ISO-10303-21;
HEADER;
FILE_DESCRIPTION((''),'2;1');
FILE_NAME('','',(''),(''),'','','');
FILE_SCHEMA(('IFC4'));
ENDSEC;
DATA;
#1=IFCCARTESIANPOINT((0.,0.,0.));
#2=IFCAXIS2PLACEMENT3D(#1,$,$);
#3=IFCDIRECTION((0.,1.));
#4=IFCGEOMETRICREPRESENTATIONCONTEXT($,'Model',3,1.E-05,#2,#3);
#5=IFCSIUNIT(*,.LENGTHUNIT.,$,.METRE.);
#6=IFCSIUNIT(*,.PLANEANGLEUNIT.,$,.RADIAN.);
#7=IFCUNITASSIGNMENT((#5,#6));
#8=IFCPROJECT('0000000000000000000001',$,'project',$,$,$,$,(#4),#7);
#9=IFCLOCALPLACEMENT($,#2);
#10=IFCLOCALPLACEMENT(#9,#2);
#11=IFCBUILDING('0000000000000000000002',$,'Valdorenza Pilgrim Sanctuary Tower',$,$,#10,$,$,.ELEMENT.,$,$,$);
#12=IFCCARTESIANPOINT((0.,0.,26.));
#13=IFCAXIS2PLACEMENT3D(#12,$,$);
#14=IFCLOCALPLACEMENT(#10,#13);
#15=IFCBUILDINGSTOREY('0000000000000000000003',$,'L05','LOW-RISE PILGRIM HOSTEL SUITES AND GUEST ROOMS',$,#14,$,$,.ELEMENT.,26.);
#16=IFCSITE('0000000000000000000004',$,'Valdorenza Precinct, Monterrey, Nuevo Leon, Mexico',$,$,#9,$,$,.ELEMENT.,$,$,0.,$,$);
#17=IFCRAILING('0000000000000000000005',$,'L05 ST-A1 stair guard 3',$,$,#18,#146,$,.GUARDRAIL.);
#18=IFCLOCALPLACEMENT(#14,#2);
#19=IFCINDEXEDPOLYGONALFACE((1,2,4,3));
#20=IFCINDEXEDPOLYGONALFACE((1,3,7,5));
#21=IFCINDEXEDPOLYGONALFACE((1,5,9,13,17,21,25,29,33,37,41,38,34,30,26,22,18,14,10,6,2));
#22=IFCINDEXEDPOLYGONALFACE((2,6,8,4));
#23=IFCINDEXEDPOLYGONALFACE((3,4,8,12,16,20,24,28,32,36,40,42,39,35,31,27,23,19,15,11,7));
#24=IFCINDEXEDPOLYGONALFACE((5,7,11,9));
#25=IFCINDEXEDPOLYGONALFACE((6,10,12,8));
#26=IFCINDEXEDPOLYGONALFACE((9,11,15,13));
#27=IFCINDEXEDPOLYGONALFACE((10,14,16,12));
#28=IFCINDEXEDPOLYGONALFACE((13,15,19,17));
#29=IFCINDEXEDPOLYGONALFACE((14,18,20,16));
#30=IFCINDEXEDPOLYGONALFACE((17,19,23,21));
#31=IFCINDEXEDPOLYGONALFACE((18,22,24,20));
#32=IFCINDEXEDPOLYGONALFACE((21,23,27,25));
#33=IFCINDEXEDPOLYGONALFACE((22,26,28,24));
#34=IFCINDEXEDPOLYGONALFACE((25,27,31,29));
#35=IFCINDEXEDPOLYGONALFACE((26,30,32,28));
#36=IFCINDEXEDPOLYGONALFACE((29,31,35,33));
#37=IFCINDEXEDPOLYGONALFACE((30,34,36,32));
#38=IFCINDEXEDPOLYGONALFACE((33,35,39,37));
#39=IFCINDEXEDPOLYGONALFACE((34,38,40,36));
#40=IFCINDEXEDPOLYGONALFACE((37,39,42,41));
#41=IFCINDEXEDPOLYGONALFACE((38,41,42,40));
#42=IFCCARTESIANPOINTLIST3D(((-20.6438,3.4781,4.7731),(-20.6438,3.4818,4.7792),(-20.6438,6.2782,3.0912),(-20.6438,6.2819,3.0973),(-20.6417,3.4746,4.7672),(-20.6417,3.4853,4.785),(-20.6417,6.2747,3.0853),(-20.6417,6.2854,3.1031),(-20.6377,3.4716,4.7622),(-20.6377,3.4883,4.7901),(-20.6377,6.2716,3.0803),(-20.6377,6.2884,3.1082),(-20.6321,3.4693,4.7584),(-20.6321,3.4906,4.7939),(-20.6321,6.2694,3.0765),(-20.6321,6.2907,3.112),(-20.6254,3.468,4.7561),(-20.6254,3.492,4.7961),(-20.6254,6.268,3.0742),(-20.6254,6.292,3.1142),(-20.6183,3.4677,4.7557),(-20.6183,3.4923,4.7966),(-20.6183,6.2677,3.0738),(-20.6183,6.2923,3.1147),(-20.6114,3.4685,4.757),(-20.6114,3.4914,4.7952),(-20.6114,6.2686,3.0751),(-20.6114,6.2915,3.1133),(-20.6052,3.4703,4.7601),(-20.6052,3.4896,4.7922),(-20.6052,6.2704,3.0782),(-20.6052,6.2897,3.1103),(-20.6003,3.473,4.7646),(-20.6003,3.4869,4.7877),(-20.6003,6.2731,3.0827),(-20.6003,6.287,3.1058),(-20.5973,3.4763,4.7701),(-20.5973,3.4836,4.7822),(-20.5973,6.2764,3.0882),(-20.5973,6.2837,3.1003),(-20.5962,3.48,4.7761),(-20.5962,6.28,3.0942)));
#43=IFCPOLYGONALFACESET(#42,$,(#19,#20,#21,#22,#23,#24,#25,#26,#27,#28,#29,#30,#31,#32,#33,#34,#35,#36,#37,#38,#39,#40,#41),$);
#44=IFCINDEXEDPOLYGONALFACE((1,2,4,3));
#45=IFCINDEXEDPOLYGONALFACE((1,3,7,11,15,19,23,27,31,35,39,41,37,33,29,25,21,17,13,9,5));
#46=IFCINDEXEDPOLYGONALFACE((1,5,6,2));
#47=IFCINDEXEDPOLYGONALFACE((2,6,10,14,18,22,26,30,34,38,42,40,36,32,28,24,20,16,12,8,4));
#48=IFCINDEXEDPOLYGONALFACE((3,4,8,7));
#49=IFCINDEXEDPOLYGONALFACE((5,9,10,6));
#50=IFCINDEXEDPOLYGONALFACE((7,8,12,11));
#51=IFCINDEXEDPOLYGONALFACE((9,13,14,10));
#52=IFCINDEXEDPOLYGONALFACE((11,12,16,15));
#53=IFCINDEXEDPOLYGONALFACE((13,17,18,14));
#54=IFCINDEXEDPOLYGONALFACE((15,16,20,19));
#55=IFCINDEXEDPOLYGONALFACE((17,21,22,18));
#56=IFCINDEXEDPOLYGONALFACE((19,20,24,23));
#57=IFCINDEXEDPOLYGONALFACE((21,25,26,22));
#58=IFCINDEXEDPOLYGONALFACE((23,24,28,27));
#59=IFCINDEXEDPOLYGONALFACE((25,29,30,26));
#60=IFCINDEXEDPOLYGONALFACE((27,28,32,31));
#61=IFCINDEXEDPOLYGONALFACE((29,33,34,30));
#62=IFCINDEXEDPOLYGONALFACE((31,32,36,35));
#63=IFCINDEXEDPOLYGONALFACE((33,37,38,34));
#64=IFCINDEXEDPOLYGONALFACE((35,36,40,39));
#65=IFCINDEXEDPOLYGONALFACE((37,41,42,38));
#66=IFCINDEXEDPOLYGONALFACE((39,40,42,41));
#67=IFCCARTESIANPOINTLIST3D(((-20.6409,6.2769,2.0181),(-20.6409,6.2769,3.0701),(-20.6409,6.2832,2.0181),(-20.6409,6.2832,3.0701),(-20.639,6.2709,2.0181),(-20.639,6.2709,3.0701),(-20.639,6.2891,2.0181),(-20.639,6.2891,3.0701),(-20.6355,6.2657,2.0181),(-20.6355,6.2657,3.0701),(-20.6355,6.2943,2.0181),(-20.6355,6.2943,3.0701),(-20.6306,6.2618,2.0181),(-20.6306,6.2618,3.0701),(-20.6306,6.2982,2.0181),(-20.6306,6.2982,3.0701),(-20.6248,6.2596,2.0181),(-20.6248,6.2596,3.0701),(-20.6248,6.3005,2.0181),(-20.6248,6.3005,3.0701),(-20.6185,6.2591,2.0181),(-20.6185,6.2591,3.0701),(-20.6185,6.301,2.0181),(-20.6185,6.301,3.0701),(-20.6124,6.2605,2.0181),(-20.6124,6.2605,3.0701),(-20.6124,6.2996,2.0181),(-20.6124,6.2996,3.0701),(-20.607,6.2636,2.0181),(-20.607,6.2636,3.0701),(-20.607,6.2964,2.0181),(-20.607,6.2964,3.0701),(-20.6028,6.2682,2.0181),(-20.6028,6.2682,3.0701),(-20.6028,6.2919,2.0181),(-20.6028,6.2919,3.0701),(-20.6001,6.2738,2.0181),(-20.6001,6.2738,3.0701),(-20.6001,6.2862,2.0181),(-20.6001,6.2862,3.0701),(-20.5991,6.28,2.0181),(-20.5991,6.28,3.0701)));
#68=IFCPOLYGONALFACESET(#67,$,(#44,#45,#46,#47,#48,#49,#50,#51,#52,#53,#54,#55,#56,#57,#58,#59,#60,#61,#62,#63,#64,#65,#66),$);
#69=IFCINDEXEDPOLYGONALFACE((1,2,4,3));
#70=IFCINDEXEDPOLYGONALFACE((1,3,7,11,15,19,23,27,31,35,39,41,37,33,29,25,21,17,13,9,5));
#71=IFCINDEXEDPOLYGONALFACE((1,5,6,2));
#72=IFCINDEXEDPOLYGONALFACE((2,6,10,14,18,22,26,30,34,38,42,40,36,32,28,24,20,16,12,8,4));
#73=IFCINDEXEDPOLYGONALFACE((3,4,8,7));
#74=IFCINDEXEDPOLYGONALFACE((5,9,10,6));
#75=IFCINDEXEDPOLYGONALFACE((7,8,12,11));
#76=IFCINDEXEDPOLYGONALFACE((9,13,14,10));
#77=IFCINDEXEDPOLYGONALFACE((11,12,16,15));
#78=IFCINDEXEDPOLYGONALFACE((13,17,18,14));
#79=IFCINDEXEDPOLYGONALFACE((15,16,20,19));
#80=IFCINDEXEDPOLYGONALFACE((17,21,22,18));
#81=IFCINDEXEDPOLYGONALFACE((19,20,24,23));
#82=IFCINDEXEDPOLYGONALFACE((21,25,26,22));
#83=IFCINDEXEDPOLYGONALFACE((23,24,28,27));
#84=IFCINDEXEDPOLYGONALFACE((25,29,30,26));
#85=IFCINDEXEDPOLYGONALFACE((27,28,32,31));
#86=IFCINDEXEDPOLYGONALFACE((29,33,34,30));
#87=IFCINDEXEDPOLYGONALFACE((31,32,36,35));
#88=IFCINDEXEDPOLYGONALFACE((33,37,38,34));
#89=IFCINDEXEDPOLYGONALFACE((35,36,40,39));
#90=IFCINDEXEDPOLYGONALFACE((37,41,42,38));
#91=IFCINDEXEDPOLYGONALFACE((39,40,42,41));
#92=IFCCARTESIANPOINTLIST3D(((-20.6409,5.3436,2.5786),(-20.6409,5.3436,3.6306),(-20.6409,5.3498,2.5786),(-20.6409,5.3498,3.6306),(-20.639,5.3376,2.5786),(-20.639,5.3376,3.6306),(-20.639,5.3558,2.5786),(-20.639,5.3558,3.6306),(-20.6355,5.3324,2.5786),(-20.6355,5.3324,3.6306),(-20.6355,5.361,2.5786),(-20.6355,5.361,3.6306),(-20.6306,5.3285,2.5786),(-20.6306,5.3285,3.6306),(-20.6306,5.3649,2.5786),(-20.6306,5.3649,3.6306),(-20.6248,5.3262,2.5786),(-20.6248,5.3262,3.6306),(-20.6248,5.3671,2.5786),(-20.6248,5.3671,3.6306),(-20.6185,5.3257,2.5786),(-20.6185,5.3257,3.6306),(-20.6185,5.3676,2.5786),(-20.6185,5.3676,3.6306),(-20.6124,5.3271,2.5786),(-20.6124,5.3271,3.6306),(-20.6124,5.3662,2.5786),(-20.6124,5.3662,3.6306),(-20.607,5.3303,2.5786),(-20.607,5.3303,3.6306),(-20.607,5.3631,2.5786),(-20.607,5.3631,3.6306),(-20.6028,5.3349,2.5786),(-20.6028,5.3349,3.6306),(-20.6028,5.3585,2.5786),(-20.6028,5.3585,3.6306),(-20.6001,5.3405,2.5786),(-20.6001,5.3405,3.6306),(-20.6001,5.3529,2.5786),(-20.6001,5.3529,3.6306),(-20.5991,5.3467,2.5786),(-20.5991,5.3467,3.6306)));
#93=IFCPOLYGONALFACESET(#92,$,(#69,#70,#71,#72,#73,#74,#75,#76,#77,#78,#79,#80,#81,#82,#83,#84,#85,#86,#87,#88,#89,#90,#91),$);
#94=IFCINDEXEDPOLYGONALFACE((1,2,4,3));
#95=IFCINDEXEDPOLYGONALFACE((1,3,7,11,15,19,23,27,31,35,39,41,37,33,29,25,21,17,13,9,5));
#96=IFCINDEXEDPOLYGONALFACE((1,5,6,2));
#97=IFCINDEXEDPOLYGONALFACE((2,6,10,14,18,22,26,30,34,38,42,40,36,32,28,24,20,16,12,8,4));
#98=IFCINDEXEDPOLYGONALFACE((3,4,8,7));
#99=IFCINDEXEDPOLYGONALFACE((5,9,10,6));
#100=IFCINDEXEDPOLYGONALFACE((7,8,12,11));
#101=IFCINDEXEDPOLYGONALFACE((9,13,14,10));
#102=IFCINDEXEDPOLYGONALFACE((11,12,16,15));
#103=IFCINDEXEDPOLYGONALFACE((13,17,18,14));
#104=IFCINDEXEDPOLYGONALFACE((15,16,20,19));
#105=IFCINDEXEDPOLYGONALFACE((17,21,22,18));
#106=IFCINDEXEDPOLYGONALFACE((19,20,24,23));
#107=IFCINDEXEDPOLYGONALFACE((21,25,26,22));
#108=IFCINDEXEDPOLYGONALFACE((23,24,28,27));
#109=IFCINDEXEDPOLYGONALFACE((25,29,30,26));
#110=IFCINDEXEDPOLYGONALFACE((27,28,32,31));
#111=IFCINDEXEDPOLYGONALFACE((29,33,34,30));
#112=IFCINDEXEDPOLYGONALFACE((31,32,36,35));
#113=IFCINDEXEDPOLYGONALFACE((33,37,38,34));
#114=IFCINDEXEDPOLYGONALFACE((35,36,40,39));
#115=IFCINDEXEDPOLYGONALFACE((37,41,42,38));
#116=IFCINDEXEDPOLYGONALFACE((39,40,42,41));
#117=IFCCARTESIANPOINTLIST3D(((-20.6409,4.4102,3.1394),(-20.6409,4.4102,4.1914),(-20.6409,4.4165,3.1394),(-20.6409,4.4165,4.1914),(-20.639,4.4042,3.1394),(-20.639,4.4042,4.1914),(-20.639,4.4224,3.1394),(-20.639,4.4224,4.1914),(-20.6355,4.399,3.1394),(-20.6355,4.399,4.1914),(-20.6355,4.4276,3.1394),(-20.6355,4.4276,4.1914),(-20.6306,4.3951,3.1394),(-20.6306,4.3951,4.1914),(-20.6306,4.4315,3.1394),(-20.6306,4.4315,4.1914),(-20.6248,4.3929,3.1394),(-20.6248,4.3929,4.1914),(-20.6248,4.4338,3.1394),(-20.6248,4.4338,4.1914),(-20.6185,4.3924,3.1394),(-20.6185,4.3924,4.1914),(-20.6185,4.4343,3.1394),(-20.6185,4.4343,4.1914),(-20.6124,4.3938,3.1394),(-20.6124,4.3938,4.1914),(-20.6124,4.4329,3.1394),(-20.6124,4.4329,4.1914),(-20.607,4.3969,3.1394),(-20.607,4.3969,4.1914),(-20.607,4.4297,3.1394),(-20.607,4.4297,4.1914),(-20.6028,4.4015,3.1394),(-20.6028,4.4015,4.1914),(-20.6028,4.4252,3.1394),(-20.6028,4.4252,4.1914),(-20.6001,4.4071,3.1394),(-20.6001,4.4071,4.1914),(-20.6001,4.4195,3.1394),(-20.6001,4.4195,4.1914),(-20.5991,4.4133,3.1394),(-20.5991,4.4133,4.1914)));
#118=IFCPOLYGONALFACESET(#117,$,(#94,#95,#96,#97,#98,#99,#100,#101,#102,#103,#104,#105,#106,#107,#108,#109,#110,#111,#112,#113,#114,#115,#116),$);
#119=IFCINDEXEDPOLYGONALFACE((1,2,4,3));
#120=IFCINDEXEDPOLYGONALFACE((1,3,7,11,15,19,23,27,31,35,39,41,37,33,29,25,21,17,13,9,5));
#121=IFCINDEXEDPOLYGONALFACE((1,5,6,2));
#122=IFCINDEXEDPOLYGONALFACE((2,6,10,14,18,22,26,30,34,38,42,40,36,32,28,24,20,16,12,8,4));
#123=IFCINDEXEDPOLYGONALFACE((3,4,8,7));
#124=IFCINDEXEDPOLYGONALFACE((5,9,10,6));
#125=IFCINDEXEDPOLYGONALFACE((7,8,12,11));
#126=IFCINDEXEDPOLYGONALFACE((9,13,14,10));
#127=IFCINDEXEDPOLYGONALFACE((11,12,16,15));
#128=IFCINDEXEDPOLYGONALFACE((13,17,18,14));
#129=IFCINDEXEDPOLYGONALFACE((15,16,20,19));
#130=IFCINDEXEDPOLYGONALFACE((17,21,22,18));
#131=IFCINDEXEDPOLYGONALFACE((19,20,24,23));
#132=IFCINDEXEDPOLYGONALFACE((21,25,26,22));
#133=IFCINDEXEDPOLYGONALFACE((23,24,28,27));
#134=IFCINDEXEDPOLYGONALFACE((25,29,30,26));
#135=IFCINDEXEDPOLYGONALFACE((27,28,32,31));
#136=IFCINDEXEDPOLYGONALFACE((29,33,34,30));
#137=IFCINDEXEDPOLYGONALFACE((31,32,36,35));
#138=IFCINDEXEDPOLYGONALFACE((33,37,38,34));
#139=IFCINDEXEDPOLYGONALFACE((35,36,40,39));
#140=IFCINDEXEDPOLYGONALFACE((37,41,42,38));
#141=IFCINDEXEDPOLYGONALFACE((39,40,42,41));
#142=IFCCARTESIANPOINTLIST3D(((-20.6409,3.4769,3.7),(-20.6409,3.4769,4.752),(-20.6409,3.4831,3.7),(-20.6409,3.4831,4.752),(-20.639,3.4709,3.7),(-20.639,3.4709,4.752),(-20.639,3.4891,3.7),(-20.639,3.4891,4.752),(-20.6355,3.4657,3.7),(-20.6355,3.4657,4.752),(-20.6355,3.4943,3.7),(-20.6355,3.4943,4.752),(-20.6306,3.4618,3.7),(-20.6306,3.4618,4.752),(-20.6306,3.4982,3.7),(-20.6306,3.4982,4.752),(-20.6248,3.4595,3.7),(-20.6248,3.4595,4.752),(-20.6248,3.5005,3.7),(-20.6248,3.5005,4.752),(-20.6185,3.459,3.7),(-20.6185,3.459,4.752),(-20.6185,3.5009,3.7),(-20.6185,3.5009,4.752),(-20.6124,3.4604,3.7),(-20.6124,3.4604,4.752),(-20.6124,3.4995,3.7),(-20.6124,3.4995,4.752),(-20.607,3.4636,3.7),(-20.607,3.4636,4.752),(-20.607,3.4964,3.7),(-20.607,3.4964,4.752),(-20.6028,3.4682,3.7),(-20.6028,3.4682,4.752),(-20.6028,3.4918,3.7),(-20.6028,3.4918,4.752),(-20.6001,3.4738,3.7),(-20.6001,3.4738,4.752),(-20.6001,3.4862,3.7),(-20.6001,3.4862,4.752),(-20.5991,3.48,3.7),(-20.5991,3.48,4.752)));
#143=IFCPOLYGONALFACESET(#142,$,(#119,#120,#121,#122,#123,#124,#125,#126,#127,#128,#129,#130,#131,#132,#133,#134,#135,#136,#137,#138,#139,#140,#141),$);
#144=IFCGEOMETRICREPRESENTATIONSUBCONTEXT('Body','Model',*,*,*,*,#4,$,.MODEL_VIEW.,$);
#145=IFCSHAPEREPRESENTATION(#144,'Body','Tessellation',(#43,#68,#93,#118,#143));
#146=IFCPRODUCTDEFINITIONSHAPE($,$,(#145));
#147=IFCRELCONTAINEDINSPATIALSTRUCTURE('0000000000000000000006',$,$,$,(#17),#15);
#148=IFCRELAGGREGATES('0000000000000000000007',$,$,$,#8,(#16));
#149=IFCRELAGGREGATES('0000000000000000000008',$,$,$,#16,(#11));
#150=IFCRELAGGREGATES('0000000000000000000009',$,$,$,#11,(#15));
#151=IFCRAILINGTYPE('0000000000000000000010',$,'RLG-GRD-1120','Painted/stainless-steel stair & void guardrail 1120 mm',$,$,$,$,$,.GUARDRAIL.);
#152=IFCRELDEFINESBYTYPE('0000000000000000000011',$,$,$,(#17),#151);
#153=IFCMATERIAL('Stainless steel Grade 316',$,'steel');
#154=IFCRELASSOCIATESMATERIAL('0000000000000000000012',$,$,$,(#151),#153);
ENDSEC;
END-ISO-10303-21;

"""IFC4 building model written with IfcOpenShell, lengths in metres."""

from ifc_helpers import new_model, si_unit, direction, frame, origin, origin_2d, place, context, subcontext, project, spatial, circle, extrude, material, type_object, element, save


model = new_model("IFC4")

# Units and contexts
model_context = context("Model", 3, precision=1e-05, world=origin(), true_north=direction((0.0, 1.0)))
body_context = subcontext(model_context, "Body", "Model", "MODEL_VIEW")
ifc_project = project(units=[si_unit("LENGTHUNIT", "METRE"), si_unit("PLANEANGLEUNIT", "RADIAN")], contexts=[model_context])

# Site, building, storey
site_placement = place(None, origin())
site = spatial("IfcSite", under=ifc_project, at=site_placement, Name="Valdorenza Precinct, Monterrey, Nuevo Leon, Mexico", CompositionType="ELEMENT", RefElevation=0.0)
building_placement = place(site_placement, origin())
building = spatial("IfcBuilding", under=site, at=building_placement, Name="Valdorenza Pilgrim Sanctuary Tower", CompositionType="ELEMENT")
storey_placement = place(building_placement, frame((0.0, 0.0, 26.0)))
storey = spatial("IfcBuildingStorey", under=building, at=storey_placement, Name="L05", Description="LOW-RISE PILGRIM HOSTEL SUITES AND GUEST ROOMS", CompositionType="ELEMENT", Elevation=26.0)

# Railing
ifc_material_1 = material(Name="Stainless steel Grade 316", Category="steel")
railing_type_1 = type_object("IfcRailingType", Name="RLG-GRD-1120", Description="Painted/stainless-steel stair & void guardrail 1120 mm", PredefinedType="GUARDRAIL", material=ifc_material_1)
railing_1_placement = place(storey_placement, frame((-20.6201, 6.28, 2.0181)))
element("IfcRailing", 1, at=railing_1_placement, inside=storey, type_object=railing_type_1, Name="L05 ST-A1 stair guard 3", PredefinedType="GUARDRAIL", context=body_context, shape_type="SweptSolid", body=[
    extrude(circle(Radius=0.0239, at=origin_2d()), frame((0.0, 0.0, 1.0762), z_axis=(0.0, -0.857242, 0.514913), x_axis=(1.0, 0.0, 0.0)), (0.0, 0.0, 1.0), 3.2664),
    extrude(circle(Radius=0.021, at=origin_2d()), origin(), (0.0, 0.0, 1.0), 1.052),
    extrude(circle(Radius=0.021, at=origin_2d()), frame((0.0, -0.9333, 0.5605)), (0.0, 0.0, 1.0), 1.052),
    extrude(circle(Radius=0.021, at=origin_2d()), frame((0.0, -1.8667, 1.1213)), (0.0, 0.0, 1.0), 1.052),
    extrude(circle(Radius=0.021, at=origin_2d()), frame((0.0, -2.8, 1.6819)), (0.0, 0.0, 1.0), 1.052),
])

save(model, "model.ifc")
